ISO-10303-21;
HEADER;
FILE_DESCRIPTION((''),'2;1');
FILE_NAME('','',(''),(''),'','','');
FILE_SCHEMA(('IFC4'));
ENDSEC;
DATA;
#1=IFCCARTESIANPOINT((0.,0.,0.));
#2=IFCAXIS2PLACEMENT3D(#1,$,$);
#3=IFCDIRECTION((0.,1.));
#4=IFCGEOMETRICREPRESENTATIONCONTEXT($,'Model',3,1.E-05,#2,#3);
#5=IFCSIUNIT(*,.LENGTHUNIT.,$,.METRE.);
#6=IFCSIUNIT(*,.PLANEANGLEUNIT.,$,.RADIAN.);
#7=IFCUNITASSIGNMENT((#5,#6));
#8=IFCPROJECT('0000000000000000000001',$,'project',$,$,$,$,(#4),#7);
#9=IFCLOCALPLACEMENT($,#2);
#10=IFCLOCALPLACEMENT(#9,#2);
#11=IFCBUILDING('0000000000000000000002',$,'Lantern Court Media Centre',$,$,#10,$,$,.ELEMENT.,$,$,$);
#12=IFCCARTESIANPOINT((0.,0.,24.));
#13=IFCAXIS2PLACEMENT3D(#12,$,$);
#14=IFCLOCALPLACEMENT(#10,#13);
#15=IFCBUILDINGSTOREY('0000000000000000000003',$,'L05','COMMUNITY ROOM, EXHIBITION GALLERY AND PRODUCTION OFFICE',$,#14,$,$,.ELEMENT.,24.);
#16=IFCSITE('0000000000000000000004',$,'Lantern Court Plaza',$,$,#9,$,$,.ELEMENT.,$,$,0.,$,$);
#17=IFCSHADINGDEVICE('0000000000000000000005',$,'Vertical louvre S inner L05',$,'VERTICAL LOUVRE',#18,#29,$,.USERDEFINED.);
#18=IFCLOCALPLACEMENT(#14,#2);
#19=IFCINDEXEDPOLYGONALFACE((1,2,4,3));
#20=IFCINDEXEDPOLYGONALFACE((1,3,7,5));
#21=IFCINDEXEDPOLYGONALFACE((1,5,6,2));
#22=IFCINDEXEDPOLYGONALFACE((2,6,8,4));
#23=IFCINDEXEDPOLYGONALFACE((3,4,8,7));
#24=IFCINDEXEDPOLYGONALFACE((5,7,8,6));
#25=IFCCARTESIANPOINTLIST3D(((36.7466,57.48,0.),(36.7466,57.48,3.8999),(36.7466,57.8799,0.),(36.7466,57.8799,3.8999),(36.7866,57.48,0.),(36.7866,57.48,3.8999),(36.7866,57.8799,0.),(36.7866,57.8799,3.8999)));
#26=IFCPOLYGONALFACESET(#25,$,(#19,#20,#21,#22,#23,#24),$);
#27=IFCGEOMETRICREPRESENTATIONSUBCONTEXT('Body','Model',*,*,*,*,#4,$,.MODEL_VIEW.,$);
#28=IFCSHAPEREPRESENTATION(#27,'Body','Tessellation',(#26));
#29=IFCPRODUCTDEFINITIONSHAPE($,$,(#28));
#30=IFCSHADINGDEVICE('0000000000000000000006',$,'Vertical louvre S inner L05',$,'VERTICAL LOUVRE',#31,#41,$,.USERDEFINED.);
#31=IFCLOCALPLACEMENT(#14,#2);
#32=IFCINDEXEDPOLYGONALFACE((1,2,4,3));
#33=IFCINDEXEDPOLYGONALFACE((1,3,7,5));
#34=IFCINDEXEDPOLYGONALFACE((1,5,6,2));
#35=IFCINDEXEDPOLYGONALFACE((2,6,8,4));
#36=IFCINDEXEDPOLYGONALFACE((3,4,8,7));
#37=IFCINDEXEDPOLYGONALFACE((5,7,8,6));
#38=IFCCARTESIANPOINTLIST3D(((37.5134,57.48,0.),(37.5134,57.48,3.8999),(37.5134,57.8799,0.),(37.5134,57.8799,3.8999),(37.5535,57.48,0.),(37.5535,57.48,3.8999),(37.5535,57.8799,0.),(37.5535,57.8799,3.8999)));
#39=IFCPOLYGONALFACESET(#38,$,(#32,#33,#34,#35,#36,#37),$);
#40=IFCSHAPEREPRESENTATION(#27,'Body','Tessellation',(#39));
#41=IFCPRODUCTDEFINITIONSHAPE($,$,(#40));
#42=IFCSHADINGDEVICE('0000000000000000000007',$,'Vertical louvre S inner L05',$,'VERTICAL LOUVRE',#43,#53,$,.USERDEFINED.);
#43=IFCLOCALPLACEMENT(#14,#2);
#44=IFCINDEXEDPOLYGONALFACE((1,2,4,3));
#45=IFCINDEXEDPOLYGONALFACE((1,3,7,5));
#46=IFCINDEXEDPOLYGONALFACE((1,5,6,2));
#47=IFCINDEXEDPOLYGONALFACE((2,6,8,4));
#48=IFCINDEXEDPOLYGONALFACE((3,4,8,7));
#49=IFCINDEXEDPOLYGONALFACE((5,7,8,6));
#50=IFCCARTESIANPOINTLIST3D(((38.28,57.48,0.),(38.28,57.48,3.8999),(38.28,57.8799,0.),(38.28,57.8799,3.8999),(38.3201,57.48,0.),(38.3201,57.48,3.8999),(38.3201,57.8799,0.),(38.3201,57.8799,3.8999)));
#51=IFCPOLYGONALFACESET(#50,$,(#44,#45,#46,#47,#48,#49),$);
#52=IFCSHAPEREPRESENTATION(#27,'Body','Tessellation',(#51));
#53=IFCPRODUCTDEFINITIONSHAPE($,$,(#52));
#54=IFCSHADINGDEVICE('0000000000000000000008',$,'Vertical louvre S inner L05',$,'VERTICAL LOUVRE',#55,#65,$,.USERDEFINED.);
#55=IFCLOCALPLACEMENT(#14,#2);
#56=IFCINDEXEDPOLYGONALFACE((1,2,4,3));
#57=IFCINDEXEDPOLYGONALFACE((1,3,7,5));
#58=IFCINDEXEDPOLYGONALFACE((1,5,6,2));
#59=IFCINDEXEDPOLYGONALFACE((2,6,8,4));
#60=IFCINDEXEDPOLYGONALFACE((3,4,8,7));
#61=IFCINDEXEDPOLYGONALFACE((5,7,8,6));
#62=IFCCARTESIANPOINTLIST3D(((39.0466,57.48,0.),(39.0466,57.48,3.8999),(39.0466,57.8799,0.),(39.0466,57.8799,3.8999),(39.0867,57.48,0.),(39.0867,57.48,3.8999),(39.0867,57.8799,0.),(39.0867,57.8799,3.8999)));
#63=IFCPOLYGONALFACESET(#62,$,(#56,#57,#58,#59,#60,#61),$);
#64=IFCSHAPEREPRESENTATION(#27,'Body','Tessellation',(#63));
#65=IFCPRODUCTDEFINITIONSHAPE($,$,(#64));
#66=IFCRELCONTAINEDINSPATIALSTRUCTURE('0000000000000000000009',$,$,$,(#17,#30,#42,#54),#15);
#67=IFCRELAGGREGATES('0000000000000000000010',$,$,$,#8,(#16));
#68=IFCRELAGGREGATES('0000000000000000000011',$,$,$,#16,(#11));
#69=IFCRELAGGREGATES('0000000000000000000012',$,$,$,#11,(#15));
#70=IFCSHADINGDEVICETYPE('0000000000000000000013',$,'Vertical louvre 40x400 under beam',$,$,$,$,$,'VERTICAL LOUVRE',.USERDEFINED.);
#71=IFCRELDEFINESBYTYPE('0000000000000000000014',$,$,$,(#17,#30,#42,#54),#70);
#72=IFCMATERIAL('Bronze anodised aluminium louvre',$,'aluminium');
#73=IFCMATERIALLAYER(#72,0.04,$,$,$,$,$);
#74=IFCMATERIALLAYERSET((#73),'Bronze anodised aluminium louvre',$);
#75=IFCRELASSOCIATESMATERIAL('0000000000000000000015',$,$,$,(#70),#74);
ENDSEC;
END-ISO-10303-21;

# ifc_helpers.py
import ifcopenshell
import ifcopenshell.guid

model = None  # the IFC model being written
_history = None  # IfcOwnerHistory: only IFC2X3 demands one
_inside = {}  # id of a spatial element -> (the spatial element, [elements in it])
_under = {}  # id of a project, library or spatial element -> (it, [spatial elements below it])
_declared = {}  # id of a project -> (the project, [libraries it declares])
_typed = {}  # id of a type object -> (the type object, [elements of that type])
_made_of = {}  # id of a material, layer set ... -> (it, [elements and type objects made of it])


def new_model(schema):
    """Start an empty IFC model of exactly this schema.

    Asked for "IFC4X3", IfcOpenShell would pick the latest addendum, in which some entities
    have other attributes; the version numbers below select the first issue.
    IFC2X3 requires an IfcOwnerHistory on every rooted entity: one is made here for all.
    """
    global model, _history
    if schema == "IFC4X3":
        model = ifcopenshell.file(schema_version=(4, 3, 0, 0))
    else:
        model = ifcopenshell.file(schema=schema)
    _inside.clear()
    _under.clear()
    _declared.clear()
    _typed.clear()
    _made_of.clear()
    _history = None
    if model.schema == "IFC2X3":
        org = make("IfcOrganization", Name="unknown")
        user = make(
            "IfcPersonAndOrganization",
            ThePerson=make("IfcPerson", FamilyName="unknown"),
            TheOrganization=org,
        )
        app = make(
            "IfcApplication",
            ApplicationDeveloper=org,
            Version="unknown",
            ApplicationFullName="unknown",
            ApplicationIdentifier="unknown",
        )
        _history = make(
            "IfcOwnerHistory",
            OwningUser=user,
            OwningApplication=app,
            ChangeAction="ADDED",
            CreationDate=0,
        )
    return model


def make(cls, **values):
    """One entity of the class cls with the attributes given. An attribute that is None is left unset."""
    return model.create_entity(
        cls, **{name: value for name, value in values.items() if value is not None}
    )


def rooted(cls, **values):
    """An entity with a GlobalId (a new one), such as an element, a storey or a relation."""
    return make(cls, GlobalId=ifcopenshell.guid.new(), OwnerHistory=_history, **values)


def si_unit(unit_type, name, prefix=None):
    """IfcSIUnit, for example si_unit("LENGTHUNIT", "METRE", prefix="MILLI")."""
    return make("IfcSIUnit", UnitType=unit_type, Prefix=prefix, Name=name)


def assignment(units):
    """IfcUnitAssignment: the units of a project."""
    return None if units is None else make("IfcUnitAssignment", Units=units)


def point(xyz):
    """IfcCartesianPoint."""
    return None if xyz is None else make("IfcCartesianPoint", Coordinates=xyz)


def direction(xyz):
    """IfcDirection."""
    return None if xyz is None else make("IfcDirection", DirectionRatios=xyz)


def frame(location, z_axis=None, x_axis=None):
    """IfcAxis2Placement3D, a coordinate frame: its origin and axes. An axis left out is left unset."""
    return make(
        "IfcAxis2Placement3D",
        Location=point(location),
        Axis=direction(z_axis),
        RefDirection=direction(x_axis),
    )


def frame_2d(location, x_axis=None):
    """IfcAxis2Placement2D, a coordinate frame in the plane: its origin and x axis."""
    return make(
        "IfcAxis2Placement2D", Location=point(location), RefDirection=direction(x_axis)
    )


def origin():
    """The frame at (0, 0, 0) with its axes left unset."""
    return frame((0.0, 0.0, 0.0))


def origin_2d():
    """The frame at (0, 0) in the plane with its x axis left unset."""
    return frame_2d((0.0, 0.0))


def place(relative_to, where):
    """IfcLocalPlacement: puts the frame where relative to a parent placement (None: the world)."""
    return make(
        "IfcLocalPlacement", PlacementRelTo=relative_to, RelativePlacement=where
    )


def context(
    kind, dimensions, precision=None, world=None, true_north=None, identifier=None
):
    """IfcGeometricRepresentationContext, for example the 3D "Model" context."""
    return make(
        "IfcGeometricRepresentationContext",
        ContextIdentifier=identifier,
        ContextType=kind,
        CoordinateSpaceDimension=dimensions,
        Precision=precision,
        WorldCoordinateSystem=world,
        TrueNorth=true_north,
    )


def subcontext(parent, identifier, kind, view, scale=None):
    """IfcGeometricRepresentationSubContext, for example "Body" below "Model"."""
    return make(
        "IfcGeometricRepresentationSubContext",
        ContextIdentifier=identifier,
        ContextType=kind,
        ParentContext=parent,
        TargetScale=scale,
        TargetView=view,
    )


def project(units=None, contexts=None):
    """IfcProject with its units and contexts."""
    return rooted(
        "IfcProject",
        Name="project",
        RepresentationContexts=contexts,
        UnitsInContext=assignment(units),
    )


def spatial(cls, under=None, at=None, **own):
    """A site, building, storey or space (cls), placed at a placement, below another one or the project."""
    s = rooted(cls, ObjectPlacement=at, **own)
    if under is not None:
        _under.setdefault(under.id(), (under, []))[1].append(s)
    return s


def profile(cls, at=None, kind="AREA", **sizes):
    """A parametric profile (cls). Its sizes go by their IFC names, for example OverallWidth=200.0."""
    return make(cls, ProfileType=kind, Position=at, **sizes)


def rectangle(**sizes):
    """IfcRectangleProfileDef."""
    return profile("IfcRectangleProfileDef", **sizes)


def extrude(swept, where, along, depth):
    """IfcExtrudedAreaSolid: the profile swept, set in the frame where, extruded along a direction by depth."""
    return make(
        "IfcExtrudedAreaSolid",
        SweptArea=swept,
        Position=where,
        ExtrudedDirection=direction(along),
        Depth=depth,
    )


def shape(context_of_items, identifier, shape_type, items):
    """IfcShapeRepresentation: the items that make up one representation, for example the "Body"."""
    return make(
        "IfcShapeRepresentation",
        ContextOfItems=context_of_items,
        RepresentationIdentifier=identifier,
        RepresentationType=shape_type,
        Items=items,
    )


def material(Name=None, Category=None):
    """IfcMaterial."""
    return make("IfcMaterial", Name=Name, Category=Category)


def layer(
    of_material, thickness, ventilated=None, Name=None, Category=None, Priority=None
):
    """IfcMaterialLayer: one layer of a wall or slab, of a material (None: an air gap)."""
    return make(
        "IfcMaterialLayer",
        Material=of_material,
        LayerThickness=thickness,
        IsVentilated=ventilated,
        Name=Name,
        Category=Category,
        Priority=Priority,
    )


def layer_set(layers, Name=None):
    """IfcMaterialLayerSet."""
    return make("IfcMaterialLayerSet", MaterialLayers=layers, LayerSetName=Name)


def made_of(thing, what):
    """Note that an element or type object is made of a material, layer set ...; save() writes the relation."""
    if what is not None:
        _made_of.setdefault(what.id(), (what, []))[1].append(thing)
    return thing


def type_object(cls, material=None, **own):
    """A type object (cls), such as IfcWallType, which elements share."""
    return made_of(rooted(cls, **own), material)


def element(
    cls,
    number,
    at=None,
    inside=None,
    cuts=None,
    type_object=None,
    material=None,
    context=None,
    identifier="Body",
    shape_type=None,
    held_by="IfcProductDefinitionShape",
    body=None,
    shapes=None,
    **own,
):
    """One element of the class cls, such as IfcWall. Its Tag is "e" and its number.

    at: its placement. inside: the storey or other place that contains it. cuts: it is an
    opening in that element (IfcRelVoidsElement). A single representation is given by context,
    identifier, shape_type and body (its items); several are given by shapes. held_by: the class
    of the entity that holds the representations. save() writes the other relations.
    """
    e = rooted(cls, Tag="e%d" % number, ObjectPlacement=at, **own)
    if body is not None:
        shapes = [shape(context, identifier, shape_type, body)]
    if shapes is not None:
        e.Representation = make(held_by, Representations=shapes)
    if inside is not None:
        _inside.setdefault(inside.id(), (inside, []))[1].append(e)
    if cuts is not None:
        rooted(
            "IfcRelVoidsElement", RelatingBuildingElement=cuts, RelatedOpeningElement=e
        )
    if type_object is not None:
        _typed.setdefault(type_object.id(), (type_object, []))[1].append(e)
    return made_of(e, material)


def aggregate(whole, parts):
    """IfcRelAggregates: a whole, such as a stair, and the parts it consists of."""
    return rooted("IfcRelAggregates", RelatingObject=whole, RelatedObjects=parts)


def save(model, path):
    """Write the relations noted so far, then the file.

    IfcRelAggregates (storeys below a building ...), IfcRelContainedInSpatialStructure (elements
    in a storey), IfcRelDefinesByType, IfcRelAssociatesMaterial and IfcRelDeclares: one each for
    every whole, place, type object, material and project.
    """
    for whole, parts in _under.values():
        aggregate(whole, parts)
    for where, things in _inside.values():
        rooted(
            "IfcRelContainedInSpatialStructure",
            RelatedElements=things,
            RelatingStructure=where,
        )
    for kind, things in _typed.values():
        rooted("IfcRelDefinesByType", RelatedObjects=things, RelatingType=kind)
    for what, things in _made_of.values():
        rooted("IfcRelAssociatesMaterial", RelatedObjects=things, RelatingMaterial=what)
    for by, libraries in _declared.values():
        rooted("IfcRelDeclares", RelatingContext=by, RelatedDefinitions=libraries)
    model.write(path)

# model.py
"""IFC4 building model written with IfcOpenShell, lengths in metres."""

from ifc_helpers import new_model, si_unit, direction, frame, origin, origin_2d, place, context, subcontext, project, spatial, rectangle, extrude, material, layer, layer_set, type_object, element, save


model = new_model("IFC4")

# Units and contexts
model_context = context("Model", 3, precision=1e-05, world=origin(), true_north=direction((0.0, 1.0)))
body_context = subcontext(model_context, "Body", "Model", "MODEL_VIEW")
ifc_project = project(units=[si_unit("LENGTHUNIT", "METRE"), si_unit("PLANEANGLEUNIT", "RADIAN")], contexts=[model_context])

# Site, building, storey
site_placement = place(None, origin())
site = spatial("IfcSite", under=ifc_project, at=site_placement, Name="Lantern Court Plaza", CompositionType="ELEMENT", RefElevation=0.0)
building_placement = place(site_placement, origin())
building = spatial("IfcBuilding", under=site, at=building_placement, Name="Lantern Court Media Centre", CompositionType="ELEMENT")
storey_placement = place(building_placement, frame((0.0, 0.0, 24.0)))
storey = spatial("IfcBuildingStorey", under=building, at=storey_placement, Name="L05", Description="COMMUNITY ROOM, EXHIBITION GALLERY AND PRODUCTION OFFICE", CompositionType="ELEMENT", Elevation=24.0)

# Shading devices
ifc_material_1 = material(Name="Bronze anodised aluminium louvre", Category="aluminium")
ifc_layer_1 = layer(ifc_material_1, 0.04)
ifc_layer_set_1 = layer_set([ifc_layer_1], Name="Bronze anodised aluminium louvre")
shading_device_type = type_object("IfcShadingDeviceType", Name="Vertical louvre 40x400 under beam", ElementType="VERTICAL LOUVRE", PredefinedType="USERDEFINED", material=ifc_layer_set_1)
for number, where, z_axis, x_axis, name in (
    (1, (36.7666, 57.6799, 0.0), (0.0, 0.0, 1.0), (1.0, 0.0, 0.0), "Vertical louvre S inner L05"),
    (2, (37.5334, 57.6799, 0.0), (0.0, 0.0, 1.0), (1.0, 0.0, 0.0), "Vertical louvre S inner L05"),
    (3, (38.3, 57.6799, 0.0), (0.0, 0.0, 1.0), (1.0, 0.0, 0.0), "Vertical louvre S inner L05"),
    (4, (39.0667, 57.6799, 0.0), (0.0, 0.0, 1.0), (1.0, 0.0, 0.0), "Vertical louvre S inner L05"),
):
    element("IfcShadingDevice", number, at=place(storey_placement, frame(where, z_axis=z_axis, x_axis=x_axis)), inside=storey, type_object=shading_device_type, Name=name, ObjectType="VERTICAL LOUVRE", PredefinedType="USERDEFINED", context=body_context, shape_type="SweptSolid", body=[
        extrude(rectangle(XDim=0.04, YDim=0.3999, at=origin_2d()), origin(), (0.0, 0.0, 1.0), 3.8999),
    ])

save(model, "model.ifc")
